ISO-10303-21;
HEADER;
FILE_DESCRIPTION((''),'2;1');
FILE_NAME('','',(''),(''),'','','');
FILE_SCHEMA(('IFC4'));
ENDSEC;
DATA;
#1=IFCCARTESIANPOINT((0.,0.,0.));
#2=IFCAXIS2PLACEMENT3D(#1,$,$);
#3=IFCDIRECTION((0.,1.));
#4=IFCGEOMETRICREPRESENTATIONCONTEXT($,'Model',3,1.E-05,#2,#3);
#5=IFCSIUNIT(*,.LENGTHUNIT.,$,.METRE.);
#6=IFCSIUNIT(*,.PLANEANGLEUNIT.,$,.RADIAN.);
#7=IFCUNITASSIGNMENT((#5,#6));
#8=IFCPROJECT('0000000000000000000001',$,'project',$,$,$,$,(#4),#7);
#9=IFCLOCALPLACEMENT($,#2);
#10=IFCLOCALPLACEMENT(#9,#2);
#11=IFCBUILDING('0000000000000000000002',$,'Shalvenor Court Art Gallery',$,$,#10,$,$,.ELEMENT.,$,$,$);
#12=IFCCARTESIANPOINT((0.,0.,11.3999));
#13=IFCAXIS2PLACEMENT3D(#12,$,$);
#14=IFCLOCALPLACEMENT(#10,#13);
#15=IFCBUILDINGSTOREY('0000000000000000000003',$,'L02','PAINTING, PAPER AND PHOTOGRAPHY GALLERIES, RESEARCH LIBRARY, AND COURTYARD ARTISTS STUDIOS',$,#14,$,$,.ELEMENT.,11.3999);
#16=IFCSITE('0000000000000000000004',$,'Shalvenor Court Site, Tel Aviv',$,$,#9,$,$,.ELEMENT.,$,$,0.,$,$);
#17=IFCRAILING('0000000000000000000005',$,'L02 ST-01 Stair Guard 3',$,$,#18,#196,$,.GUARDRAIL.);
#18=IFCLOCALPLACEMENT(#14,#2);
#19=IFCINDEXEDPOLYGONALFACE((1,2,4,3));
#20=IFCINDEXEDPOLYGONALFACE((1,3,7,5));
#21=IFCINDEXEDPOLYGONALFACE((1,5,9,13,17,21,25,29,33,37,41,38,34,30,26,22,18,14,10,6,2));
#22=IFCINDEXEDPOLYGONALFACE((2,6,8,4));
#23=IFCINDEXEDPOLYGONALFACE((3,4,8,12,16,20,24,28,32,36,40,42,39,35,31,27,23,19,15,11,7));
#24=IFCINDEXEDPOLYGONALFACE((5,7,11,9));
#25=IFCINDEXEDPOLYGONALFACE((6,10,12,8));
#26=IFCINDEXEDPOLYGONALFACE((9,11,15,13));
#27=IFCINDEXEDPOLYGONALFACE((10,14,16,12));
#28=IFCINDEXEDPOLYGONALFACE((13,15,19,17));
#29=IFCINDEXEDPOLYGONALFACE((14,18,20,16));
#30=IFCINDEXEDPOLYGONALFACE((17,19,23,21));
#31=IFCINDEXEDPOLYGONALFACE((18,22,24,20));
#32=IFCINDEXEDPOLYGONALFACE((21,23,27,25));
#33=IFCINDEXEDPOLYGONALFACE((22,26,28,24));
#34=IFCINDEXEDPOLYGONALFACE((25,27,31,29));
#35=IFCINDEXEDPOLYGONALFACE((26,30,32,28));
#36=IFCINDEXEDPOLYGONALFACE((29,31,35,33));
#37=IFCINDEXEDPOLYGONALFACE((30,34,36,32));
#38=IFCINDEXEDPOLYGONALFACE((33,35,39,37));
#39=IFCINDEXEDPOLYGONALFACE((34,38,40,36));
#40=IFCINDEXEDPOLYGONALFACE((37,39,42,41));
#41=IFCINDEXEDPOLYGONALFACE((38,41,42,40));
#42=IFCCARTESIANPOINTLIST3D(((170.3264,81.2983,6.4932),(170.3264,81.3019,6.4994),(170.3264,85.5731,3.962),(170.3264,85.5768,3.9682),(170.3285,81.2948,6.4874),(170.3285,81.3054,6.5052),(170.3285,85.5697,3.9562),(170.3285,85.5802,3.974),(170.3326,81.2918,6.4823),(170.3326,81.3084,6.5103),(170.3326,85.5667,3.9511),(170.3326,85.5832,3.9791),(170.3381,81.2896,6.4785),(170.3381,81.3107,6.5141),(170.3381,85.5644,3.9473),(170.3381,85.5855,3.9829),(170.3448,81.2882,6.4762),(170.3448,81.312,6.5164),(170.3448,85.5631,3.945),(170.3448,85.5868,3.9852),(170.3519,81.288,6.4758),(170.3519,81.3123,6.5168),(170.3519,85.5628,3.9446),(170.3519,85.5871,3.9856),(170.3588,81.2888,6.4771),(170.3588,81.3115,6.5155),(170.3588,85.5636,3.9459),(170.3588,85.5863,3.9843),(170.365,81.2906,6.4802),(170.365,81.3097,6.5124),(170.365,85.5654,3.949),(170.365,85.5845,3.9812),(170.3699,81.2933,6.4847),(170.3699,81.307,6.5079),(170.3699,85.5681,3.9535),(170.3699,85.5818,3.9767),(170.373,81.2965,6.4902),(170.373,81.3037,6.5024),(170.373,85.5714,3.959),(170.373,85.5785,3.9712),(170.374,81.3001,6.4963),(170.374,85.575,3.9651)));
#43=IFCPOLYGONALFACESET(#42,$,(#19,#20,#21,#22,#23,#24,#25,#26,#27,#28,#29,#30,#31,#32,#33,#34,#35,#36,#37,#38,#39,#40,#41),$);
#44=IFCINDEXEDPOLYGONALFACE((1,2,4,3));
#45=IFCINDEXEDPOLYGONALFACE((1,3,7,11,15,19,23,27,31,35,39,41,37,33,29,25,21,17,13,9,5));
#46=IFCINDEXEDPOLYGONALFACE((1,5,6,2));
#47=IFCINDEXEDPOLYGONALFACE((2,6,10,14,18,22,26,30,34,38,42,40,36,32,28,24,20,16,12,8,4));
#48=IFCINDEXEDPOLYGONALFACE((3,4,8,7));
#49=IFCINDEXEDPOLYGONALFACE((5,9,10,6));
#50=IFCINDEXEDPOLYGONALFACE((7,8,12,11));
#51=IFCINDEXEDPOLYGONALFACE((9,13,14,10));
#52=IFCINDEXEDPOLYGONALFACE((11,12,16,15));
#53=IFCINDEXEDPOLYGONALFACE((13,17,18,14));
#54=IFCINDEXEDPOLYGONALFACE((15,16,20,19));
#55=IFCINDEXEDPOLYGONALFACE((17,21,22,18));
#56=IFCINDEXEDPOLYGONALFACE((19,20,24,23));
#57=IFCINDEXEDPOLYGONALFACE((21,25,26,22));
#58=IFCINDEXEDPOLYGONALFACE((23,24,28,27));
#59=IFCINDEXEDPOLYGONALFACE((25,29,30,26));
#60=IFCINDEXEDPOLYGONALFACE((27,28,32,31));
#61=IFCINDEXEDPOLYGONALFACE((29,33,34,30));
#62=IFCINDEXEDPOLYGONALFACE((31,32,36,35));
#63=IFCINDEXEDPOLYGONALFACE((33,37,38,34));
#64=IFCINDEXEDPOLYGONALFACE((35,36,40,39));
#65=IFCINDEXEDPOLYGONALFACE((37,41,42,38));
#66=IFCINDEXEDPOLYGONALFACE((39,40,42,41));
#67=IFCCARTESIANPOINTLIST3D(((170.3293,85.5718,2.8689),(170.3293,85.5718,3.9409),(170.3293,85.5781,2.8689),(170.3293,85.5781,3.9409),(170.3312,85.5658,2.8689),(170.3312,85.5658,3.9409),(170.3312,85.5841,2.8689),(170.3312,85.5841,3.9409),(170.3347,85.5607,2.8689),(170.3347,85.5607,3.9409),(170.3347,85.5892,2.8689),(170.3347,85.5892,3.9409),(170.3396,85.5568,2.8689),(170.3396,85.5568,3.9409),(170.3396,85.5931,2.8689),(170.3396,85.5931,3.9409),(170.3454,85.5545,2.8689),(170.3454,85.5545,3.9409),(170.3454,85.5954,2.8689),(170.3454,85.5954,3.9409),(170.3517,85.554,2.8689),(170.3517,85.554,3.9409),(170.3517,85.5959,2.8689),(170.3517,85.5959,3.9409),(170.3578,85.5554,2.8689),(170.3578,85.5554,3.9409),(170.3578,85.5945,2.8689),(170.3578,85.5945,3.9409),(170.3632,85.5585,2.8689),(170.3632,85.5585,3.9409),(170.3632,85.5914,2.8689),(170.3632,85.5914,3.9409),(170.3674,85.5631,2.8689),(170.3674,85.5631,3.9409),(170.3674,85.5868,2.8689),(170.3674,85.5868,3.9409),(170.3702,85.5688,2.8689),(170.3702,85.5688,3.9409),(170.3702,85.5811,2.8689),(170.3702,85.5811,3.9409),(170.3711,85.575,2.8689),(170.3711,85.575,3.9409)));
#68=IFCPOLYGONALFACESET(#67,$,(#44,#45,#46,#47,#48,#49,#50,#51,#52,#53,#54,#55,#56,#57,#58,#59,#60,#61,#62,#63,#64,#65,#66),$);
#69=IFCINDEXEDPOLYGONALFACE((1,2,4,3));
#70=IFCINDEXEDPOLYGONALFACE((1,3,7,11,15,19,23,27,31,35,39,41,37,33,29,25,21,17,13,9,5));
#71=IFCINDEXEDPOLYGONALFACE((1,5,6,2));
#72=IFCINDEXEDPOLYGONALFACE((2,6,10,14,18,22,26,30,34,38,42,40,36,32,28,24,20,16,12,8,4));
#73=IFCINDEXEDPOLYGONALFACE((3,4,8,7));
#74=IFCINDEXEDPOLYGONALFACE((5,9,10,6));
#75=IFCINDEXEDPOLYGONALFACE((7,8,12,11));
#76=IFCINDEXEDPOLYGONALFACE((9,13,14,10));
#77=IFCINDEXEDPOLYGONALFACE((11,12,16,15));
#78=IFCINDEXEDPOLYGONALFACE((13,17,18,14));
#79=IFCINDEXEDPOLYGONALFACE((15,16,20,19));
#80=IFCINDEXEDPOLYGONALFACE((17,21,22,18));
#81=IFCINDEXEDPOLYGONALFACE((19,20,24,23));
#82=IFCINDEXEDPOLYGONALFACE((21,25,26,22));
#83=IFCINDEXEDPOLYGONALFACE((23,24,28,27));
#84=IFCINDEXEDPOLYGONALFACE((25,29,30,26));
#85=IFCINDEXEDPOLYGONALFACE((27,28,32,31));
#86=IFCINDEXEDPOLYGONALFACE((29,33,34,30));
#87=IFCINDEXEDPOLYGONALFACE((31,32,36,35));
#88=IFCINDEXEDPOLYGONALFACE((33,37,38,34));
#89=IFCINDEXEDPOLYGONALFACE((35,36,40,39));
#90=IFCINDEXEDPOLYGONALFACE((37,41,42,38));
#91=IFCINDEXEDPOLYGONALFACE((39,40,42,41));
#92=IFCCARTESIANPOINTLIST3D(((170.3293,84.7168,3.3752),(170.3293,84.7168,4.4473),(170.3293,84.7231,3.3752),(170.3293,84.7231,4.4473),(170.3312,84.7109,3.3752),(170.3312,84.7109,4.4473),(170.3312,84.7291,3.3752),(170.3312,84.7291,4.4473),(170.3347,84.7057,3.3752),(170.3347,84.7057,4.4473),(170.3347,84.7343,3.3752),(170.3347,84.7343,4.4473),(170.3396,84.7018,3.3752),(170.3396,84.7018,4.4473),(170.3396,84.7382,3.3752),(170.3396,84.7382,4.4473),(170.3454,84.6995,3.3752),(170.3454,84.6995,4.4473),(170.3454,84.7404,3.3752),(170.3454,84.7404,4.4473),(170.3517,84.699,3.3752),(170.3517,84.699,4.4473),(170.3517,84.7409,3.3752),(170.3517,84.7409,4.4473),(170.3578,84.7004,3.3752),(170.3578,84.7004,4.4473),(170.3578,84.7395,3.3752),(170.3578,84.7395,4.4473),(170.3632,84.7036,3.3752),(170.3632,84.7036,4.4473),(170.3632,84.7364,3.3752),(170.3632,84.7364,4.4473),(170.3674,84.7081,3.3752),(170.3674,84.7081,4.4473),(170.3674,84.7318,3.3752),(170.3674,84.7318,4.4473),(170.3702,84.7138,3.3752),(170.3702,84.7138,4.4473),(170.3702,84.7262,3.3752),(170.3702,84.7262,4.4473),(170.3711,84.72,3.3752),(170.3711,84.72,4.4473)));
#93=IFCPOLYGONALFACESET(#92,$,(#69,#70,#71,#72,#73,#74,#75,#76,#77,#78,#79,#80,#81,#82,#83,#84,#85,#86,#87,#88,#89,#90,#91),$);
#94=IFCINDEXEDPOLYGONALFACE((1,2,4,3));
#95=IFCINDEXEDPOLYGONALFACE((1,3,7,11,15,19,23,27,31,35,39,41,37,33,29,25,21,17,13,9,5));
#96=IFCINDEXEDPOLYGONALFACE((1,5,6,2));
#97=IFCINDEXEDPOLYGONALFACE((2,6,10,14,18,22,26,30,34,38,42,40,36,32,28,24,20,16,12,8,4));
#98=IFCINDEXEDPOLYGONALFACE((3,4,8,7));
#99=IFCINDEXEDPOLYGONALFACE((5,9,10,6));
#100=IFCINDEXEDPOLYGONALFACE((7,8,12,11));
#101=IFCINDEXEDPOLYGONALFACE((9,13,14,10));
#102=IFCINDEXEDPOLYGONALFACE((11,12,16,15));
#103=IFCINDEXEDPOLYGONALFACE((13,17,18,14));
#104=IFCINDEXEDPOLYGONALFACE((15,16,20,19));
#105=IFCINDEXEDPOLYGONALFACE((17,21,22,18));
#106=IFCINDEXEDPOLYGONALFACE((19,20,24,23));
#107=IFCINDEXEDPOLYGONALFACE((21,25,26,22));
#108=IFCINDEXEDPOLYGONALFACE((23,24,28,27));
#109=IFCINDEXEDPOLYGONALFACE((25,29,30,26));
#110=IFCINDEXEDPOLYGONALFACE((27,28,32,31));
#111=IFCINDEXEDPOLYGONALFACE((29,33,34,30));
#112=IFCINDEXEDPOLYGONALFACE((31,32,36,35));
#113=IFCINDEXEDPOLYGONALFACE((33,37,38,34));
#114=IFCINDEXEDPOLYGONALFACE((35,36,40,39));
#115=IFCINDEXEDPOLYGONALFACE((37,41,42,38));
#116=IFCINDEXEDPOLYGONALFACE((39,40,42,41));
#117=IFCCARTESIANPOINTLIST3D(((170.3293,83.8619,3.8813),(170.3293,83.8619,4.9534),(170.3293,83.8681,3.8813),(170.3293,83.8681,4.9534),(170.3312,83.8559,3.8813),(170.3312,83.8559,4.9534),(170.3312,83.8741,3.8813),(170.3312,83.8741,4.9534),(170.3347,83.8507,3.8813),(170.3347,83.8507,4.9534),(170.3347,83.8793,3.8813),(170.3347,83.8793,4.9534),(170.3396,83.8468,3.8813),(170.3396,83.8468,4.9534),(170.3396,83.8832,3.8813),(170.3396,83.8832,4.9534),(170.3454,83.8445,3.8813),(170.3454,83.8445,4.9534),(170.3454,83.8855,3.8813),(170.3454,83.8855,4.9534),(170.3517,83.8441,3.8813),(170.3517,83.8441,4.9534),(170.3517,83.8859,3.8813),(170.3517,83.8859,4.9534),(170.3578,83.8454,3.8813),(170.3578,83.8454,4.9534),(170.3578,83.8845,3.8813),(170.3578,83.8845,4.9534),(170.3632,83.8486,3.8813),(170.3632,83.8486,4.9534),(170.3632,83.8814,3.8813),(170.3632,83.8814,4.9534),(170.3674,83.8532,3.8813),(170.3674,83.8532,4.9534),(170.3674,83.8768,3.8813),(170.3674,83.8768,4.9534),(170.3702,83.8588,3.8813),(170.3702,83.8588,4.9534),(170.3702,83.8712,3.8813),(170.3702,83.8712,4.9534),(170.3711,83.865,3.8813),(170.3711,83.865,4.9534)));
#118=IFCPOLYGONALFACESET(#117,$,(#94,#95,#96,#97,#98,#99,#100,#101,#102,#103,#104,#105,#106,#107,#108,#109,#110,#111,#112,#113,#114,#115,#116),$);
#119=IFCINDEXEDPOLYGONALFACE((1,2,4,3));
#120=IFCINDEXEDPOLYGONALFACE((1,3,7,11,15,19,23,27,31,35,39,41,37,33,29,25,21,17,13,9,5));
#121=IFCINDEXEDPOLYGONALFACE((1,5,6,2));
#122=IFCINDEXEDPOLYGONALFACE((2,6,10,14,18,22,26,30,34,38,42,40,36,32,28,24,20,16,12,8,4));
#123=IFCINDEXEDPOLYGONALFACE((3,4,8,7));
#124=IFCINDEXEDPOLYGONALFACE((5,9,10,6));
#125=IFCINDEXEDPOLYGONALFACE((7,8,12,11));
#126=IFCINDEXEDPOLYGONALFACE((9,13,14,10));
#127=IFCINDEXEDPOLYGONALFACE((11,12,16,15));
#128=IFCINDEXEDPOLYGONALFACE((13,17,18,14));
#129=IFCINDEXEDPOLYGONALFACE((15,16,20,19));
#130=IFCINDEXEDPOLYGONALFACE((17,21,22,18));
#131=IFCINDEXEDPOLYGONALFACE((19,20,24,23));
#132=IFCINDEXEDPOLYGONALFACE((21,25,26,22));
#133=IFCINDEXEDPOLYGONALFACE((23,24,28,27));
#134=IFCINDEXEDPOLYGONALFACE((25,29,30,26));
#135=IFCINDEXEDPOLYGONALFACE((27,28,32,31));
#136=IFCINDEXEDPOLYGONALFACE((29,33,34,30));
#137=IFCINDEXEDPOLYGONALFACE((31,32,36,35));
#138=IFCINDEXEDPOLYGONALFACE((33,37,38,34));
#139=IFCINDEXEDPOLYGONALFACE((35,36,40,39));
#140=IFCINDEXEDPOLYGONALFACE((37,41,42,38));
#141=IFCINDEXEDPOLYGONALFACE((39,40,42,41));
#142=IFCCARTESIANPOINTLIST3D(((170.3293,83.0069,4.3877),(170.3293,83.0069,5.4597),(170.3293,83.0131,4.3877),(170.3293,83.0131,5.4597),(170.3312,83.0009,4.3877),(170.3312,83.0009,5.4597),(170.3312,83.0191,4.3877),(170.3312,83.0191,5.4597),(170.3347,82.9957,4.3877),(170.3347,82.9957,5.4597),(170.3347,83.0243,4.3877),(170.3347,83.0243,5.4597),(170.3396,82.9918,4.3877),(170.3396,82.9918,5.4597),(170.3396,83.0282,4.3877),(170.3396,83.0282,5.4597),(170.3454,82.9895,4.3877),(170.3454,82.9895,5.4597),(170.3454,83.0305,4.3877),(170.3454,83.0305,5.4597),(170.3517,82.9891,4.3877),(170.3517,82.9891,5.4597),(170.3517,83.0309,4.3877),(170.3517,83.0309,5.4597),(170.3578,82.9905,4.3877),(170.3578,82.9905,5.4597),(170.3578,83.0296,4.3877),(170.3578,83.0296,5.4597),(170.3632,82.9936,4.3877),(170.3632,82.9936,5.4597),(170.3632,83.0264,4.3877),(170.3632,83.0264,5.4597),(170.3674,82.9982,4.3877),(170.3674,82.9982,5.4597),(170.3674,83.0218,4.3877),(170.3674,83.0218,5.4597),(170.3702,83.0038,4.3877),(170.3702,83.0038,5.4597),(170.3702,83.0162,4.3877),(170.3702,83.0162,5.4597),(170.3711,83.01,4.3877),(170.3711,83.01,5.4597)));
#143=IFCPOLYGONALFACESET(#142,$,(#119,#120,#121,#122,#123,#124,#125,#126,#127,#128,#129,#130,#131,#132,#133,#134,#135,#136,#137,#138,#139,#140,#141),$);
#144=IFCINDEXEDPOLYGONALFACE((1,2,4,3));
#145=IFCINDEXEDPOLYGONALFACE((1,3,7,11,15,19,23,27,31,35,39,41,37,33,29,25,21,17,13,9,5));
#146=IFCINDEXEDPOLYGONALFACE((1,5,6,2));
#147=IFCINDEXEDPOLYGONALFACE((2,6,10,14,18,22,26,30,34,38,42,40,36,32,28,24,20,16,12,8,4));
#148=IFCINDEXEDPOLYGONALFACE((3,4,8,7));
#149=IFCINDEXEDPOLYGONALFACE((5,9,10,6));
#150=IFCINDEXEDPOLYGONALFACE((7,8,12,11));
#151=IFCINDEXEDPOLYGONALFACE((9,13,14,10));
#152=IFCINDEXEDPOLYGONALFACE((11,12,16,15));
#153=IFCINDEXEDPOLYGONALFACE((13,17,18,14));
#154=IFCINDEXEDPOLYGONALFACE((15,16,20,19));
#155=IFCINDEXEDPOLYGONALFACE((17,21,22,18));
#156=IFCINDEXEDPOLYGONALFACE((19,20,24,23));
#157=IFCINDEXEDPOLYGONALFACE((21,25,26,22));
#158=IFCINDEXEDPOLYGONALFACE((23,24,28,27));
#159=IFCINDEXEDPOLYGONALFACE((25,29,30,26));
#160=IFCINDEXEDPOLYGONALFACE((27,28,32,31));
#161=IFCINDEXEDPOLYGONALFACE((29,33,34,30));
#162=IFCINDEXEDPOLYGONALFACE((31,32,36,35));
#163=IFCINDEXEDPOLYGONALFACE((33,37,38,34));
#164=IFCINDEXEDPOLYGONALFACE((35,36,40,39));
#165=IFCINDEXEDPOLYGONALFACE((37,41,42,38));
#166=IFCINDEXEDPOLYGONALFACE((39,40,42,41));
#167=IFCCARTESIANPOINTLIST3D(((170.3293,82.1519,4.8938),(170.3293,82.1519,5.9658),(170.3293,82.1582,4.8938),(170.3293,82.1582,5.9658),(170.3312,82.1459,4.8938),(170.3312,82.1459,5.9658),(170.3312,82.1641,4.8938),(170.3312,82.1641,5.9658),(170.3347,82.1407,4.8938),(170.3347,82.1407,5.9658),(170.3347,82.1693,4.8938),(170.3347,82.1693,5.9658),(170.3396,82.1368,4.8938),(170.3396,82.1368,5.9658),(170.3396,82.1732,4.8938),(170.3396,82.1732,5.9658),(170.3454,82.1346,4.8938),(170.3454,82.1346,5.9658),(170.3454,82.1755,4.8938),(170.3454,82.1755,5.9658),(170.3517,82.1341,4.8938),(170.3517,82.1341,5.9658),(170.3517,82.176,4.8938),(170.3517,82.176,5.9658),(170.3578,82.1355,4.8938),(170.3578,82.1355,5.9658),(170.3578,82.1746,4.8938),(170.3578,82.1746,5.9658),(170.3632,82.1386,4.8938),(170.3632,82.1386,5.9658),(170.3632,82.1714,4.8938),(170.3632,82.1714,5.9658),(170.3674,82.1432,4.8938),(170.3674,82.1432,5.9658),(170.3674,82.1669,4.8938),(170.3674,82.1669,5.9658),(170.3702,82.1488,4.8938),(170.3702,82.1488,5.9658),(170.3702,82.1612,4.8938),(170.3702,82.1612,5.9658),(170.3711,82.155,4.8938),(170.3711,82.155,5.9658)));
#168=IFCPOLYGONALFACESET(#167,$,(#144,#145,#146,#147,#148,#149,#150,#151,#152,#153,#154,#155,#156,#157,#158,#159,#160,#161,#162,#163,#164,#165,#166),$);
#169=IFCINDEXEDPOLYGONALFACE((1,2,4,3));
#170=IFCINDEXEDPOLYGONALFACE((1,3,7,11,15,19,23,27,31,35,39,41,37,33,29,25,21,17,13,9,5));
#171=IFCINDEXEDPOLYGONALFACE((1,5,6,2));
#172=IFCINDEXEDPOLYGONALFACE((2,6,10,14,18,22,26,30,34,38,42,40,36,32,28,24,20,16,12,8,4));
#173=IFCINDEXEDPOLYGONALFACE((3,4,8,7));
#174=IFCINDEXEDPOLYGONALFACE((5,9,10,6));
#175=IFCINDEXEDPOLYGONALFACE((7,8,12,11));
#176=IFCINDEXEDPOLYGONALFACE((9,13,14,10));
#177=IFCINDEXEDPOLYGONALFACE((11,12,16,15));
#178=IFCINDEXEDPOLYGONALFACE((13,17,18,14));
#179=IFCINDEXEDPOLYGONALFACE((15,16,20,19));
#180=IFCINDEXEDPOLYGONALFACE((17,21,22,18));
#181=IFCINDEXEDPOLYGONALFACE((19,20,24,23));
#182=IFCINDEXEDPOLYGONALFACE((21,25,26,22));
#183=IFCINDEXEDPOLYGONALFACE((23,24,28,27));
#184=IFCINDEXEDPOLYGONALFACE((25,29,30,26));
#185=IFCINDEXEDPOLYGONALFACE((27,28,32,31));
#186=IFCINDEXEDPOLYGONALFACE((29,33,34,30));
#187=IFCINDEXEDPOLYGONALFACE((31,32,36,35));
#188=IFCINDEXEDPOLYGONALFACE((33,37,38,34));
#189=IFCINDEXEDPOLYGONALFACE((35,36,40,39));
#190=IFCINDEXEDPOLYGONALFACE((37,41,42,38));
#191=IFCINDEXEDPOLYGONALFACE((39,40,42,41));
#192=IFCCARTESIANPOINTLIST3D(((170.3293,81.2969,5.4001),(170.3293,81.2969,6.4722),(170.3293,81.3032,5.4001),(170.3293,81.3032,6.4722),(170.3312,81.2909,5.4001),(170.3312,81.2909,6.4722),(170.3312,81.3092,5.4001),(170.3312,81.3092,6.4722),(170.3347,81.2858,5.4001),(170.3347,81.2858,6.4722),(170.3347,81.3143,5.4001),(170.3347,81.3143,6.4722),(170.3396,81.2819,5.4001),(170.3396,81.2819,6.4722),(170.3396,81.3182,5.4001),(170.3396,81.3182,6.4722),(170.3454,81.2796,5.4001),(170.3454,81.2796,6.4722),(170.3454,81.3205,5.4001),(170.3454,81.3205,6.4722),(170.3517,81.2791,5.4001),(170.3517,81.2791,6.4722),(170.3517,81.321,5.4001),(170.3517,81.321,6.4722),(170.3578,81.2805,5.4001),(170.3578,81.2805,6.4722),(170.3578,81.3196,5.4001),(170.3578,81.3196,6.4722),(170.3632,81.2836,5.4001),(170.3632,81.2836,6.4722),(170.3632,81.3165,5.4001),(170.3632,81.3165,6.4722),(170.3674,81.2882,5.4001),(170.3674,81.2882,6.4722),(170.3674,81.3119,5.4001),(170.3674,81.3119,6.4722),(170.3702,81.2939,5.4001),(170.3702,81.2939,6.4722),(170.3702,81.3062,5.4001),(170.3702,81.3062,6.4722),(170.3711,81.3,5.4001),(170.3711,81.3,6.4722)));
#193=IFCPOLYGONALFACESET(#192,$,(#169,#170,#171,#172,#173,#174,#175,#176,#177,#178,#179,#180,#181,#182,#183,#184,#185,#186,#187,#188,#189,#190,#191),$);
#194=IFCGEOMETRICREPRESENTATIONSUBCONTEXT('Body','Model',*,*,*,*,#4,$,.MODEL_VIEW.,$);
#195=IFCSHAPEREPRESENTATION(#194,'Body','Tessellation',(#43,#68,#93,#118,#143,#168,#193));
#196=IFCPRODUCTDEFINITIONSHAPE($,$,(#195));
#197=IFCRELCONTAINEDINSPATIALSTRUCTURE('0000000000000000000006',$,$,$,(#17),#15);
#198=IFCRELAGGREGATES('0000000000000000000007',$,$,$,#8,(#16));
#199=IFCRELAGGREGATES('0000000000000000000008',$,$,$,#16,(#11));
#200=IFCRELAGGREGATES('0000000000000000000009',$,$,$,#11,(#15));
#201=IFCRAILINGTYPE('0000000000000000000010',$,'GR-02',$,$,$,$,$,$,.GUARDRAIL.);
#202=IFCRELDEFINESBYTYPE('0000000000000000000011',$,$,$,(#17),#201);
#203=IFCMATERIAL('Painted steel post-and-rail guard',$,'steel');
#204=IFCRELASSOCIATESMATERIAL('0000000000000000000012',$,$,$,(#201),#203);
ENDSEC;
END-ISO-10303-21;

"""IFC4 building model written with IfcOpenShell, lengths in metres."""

from ifc_helpers import new_model, si_unit, direction, frame, origin, origin_2d, place, context, subcontext, project, spatial, circle, extrude, material, type_object, element, save


model = new_model("IFC4")

# Units and contexts
model_context = context("Model", 3, precision=1e-05, world=origin(), true_north=direction((0.0, 1.0)))
body_context = subcontext(model_context, "Body", "Model", "MODEL_VIEW")
ifc_project = project(units=[si_unit("LENGTHUNIT", "METRE"), si_unit("PLANEANGLEUNIT", "RADIAN")], contexts=[model_context])

# Site, building, storey
site_placement = place(None, origin())
site = spatial("IfcSite", under=ifc_project, at=site_placement, Name="Shalvenor Court Site, Tel Aviv", CompositionType="ELEMENT", RefElevation=0.0)
building_placement = place(site_placement, origin())
building = spatial("IfcBuilding", under=site, at=building_placement, Name="Shalvenor Court Art Gallery", CompositionType="ELEMENT")
storey_placement = place(building_placement, frame((0.0, 0.0, 11.3999)))
storey = spatial("IfcBuildingStorey", under=building, at=storey_placement, Name="L02", Description="PAINTING, PAPER AND PHOTOGRAPHY GALLERIES, RESEARCH LIBRARY, AND COURTYARD ARTISTS STUDIOS", CompositionType="ELEMENT", Elevation=11.3999)

# Railing
ifc_material_1 = material(Name="Painted steel post-and-rail guard", Category="steel")
railing_type_1 = type_object("IfcRailingType", Name="GR-02", PredefinedType="GUARDRAIL", material=ifc_material_1)
railing_1_placement = place(storey_placement, frame((170.3501, 85.575, 2.8689)))
element("IfcRailing", 1, at=railing_1_placement, inside=storey, type_object=railing_type_1, Name="L02 ST-01 Stair Guard 3", PredefinedType="GUARDRAIL", context=body_context, shape_type="SweptSolid", body=[
    extrude(circle(Radius=0.0239, at=origin_2d()), frame((0.0, 0.0, 1.0962), z_axis=(0.0, -0.86047, 0.509501), x_axis=(1.0, 0.0, 0.0)), (0.0, 0.0, 1.0), 4.968),
    extrude(circle(Radius=0.021, at=origin_2d()), origin(), (0.0, 0.0, 1.0), 1.072),
    extrude(circle(Radius=0.021, at=origin_2d()), frame((0.0, -0.855, 0.5063)), (0.0, 0.0, 1.0), 1.072),
    extrude(circle(Radius=0.021, at=origin_2d()), frame((0.0, -1.71, 1.0125)), (0.0, 0.0, 1.0), 1.072),
    extrude(circle(Radius=0.021, at=origin_2d()), frame((0.0, -2.5649, 1.5188)), (0.0, 0.0, 1.0), 1.072),
    extrude(circle(Radius=0.021, at=origin_2d()), frame((0.0, -3.4199, 2.0249)), (0.0, 0.0, 1.0), 1.072),
    extrude(circle(Radius=0.021, at=origin_2d()), frame((0.0, -4.2749, 2.5312)), (0.0, 0.0, 1.0), 1.072),
])

save(model, "model.ifc")
